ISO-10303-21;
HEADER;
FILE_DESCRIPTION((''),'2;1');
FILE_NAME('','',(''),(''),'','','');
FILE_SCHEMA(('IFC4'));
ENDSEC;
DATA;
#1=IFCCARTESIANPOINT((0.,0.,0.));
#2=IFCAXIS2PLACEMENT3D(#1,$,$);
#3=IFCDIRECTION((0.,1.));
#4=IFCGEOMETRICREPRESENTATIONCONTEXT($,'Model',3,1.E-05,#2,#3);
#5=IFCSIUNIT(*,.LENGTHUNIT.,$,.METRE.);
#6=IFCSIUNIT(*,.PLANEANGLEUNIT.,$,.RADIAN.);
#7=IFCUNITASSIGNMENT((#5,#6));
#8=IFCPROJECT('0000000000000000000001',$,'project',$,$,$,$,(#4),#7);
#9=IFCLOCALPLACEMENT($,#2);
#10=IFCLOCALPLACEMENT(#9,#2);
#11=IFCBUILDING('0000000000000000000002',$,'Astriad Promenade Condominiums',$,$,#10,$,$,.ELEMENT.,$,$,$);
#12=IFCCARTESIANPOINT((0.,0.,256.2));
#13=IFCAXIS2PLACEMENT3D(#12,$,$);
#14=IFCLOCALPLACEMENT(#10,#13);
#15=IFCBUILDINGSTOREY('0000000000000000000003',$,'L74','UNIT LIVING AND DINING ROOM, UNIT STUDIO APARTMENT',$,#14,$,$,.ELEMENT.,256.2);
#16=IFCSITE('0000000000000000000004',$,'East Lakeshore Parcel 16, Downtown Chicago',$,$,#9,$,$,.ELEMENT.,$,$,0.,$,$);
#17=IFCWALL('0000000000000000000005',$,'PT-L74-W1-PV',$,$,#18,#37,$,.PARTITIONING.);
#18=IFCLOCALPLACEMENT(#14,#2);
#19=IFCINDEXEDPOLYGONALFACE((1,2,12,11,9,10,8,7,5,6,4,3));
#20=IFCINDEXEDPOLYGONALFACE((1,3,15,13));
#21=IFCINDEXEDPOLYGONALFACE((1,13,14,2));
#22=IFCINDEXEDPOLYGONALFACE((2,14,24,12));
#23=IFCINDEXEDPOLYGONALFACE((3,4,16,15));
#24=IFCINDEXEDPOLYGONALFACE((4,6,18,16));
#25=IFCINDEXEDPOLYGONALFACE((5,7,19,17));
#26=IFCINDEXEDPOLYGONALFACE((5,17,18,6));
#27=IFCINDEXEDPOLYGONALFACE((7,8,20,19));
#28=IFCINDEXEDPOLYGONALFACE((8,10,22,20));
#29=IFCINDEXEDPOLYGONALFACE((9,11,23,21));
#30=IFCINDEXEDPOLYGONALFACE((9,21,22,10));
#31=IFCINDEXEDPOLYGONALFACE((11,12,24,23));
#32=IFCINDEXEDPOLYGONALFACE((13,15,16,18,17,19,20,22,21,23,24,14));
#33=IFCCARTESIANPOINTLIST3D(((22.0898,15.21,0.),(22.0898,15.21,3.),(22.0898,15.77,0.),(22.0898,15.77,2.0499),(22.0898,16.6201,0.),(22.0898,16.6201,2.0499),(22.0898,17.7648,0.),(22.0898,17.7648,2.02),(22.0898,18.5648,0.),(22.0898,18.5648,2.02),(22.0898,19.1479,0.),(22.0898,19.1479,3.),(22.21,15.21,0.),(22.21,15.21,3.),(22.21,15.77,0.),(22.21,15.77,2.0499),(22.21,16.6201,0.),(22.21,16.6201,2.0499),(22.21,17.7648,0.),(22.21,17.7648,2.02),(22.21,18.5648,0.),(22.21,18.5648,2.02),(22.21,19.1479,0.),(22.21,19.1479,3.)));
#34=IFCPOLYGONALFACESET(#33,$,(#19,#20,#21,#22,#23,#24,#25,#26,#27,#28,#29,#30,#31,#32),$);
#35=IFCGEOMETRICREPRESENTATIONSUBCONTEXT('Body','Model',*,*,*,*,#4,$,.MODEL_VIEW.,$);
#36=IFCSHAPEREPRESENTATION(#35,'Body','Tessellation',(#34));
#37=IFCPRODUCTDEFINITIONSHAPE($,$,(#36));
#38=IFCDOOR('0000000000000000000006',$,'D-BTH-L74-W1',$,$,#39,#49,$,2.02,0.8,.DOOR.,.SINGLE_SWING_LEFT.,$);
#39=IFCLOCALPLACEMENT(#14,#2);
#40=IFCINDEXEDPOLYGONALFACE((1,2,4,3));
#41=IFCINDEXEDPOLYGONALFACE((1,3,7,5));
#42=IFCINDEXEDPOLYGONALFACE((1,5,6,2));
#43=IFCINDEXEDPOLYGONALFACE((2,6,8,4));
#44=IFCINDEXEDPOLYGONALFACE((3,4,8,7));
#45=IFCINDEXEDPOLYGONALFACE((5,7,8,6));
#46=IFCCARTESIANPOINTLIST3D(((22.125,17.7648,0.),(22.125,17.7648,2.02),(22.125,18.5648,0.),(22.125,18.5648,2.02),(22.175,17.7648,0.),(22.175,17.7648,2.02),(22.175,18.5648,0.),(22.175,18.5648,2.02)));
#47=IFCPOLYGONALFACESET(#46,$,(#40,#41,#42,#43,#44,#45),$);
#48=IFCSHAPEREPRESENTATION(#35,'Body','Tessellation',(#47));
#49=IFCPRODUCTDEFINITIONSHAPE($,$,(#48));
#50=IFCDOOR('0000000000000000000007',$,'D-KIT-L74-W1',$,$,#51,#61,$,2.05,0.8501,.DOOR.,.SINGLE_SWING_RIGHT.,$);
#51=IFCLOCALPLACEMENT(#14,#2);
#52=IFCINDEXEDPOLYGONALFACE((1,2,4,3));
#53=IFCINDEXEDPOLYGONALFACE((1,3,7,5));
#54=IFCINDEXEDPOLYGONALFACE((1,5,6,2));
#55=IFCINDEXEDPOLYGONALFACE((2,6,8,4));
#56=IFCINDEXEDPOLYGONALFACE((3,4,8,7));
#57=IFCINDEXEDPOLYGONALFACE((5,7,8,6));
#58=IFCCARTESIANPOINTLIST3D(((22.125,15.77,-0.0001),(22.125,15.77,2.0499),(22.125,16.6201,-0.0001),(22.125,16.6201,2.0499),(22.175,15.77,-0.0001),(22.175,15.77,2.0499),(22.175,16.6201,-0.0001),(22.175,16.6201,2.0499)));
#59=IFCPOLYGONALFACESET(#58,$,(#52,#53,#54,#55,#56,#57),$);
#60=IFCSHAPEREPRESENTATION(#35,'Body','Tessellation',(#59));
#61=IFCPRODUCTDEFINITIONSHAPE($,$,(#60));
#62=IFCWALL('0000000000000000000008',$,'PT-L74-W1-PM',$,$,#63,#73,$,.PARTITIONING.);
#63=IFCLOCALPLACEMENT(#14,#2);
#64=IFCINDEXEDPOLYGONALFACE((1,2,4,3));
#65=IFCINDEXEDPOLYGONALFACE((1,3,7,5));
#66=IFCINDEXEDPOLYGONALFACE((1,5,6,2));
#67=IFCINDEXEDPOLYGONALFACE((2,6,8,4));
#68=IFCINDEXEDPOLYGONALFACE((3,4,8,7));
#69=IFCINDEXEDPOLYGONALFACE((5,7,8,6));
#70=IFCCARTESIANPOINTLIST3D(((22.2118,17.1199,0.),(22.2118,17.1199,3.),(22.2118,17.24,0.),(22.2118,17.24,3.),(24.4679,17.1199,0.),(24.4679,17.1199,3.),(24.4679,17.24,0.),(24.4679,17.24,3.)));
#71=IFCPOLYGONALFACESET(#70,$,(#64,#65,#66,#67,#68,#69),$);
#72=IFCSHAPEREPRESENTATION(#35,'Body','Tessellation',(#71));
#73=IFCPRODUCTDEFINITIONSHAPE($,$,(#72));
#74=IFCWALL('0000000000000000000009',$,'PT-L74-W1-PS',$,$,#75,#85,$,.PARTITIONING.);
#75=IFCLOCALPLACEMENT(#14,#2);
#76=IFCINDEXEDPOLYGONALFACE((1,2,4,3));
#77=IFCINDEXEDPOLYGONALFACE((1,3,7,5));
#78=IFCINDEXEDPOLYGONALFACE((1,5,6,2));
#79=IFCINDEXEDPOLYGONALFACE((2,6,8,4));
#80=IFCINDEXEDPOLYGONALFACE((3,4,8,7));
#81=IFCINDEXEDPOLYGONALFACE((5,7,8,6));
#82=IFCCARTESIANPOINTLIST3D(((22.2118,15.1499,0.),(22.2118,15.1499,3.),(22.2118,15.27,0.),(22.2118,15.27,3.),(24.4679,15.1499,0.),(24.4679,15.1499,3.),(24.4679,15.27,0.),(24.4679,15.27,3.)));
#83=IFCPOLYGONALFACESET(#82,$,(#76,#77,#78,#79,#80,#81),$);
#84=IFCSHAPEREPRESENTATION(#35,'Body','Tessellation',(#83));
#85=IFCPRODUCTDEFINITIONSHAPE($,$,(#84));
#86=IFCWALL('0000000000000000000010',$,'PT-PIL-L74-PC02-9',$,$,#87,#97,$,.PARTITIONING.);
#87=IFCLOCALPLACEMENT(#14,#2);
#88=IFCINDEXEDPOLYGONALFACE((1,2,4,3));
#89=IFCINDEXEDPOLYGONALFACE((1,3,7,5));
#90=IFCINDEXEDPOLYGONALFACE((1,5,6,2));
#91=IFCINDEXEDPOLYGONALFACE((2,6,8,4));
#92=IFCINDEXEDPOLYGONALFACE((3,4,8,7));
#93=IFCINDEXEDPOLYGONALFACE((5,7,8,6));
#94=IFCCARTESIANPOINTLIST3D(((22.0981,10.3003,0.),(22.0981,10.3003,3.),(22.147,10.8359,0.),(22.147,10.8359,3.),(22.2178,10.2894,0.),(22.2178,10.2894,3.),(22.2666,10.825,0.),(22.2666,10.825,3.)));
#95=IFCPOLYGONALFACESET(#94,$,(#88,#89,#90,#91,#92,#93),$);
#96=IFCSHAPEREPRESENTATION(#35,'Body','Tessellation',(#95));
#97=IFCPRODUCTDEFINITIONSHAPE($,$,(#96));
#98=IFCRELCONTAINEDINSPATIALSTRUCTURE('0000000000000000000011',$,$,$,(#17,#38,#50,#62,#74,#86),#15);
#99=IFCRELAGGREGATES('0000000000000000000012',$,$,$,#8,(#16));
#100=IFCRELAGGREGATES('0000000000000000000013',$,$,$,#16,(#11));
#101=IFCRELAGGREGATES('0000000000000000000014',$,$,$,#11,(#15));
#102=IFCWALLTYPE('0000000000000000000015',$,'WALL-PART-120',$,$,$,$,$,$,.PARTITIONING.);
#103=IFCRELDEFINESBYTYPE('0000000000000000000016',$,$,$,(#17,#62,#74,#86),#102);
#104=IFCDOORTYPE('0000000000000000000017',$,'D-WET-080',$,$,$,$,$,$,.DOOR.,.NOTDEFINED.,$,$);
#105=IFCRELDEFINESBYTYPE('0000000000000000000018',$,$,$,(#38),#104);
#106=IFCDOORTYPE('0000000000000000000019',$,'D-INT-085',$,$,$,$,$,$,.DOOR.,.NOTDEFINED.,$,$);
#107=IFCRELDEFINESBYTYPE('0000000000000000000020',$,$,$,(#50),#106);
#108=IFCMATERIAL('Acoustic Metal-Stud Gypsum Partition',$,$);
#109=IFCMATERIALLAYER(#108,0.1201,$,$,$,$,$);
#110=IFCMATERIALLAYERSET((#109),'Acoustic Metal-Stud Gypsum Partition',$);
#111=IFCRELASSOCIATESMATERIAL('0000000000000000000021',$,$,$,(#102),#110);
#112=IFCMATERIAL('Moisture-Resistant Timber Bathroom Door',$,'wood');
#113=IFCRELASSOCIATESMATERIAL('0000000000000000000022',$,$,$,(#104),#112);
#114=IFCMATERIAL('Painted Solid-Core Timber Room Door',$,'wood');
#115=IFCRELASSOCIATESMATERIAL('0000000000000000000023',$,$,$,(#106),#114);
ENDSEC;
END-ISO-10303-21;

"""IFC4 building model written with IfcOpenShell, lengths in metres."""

from ifc_helpers import new_model, si_unit, direction, frame, frame_2d, origin, place, context, subcontext, project, spatial, rectangle, extrude, source, transform, mapped, material, layer, layer_set, type_object, type_shapes, element, fill, save


model = new_model("IFC4")

# Units and contexts
model_context = context("Model", 3, precision=1e-05, world=origin(), true_north=direction((0.0, 1.0)))
body_context = subcontext(model_context, "Body", "Model", "MODEL_VIEW")
ifc_project = project(units=[si_unit("LENGTHUNIT", "METRE"), si_unit("PLANEANGLEUNIT", "RADIAN")], contexts=[model_context])

# Site, building, storey
site_placement = place(None, origin())
site = spatial("IfcSite", under=ifc_project, at=site_placement, Name="East Lakeshore Parcel 16, Downtown Chicago", CompositionType="ELEMENT", RefElevation=0.0)
building_placement = place(site_placement, origin())
building = spatial("IfcBuilding", under=site, at=building_placement, Name="Astriad Promenade Condominiums", CompositionType="ELEMENT")
storey_placement = place(building_placement, frame((0.0, 0.0, 256.2)))
storey = spatial("IfcBuildingStorey", under=building, at=storey_placement, Name="L74", Description="UNIT LIVING AND DINING ROOM, UNIT STUDIO APARTMENT", CompositionType="ELEMENT", Elevation=256.2)

# Wall, openings, doors
ifc_material_1 = material(Name="Acoustic Metal-Stud Gypsum Partition")
ifc_layer_1 = layer(ifc_material_1, 0.1201)
ifc_layer_set_1 = layer_set([ifc_layer_1], Name="Acoustic Metal-Stud Gypsum Partition")
wall_type_1 = type_object("IfcWallType", Name="WALL-PART-120", PredefinedType="PARTITIONING", material=ifc_layer_set_1)
wall_1_placement = place(storey_placement, frame((22.1499, 15.21, 0.0), z_axis=(0.0, 0.0, 1.0), x_axis=(0.0, 1.0, 0.0)))
wall_1 = element("IfcWall", 1, at=wall_1_placement, inside=storey, type_object=wall_type_1, Name="PT-L74-W1-PV", PredefinedType="PARTITIONING", context=body_context, shape_type="SweptSolid", body=[
    extrude(rectangle(XDim=3.938, YDim=0.1201, at=frame_2d((1.969, 0.0))), origin(), (0.0, 0.0, 1.0), 3.0),
])
opening_1_placement = place(wall_1_placement, frame((0.5601, 0.0, 0.0)))
opening_1 = element("IfcOpeningElement", 2, at=opening_1_placement, cuts=wall_1, PredefinedType="OPENING", context=body_context, shape_type="SweptSolid", body=[
    extrude(rectangle(XDim=0.8501, YDim=2.05, at=frame_2d((0.425, 1.0249))), frame((0.0, 0.0701, 0.0), z_axis=(0.0, -1.0, 0.0), x_axis=(1.0, 0.0, 0.0)), (0.0, 0.0, 1.0), 0.1401),
])
opening_2_placement = place(wall_1_placement, frame((2.5549, 0.0, 0.0)))
opening_2 = element("IfcOpeningElement", 3, at=opening_2_placement, cuts=wall_1, PredefinedType="OPENING", context=body_context, shape_type="SweptSolid", body=[
    extrude(rectangle(XDim=0.8, YDim=2.02, at=frame_2d((0.3999, 1.01))), frame((0.0, 0.0701, 0.0), z_axis=(0.0, -1.0, 0.0), x_axis=(1.0, 0.0, 0.0)), (0.0, 0.0, 1.0), 0.1401),
])
ifc_material_2 = material(Name="Moisture-Resistant Timber Bathroom Door", Category="wood")
door_type_1 = type_object("IfcDoorType", Name="D-WET-080", OperationType="NOTDEFINED", PredefinedType="DOOR", material=ifc_material_2)
shared_shape_1 = source(origin(), body_context, "Body", "SweptSolid", [
    extrude(rectangle(XDim=0.8, YDim=2.02, at=frame_2d((0.3999, 1.01))), frame((0.0, 0.0249, 0.0), z_axis=(0.0, -1.0, 0.0), x_axis=(1.0, 0.0, 0.0)), (0.0, 0.0, 1.0), 0.05),
])
type_shapes(door_type_1, [shared_shape_1])
door_1_placement = place(opening_2_placement, origin())
door_1 = element("IfcDoor", 4, at=door_1_placement, inside=storey, type_object=door_type_1, Name="D-BTH-L74-W1", OperationType="SINGLE_SWING_LEFT", OverallHeight=2.02, OverallWidth=0.8, PredefinedType="DOOR", context=body_context, shape_type="MappedRepresentation", body=[
    mapped(shared_shape_1, transform((0.0, 0.0, 0.0), scale=1.0)),
])
fill(opening_2, door_1)
ifc_material_3 = material(Name="Painted Solid-Core Timber Room Door", Category="wood")
door_type_2 = type_object("IfcDoorType", Name="D-INT-085", OperationType="NOTDEFINED", PredefinedType="DOOR", material=ifc_material_3)
shared_shape_2 = source(origin(), body_context, "Body", "SweptSolid", [
    extrude(rectangle(XDim=0.8501, YDim=2.05, at=frame_2d((0.425, 1.0249))), frame((0.0, 0.0249, 0.0), z_axis=(0.0, -1.0, 0.0), x_axis=(1.0, 0.0, 0.0)), (0.0, 0.0, 1.0), 0.05),
])
type_shapes(door_type_2, [shared_shape_2])
door_2_placement = place(opening_1_placement, origin())
door_2 = element("IfcDoor", 5, at=door_2_placement, inside=storey, type_object=door_type_2, Name="D-KIT-L74-W1", OperationType="SINGLE_SWING_RIGHT", OverallHeight=2.05, OverallWidth=0.8501, PredefinedType="DOOR", context=body_context, shape_type="MappedRepresentation", body=[
    mapped(shared_shape_2, transform((0.0, 0.0, 0.0), scale=1.0)),
])
fill(opening_1, door_2)

# Walls
for number, where, z_axis, x_axis, name in (
    (6, (22.2119, 17.1799, 0.0), (0.0, 0.0, 1.0), (1.0, 0.0, 0.0), "PT-L74-W1-PM"),
    (7, (22.2119, 15.21, 0.0), (0.0, 0.0, 1.0), (1.0, 0.0, 0.0), "PT-L74-W1-PS"),
):
    element("IfcWall", number, at=place(storey_placement, frame(where, z_axis=z_axis, x_axis=x_axis)), inside=storey, type_object=wall_type_1, Name=name, PredefinedType="PARTITIONING", context=body_context, shape_type="SweptSolid", body=[
        extrude(rectangle(XDim=2.2561, YDim=0.1201, at=frame_2d((1.1279, 0.0))), origin(), (0.0, 0.0, 1.0), 3.0),
    ])
wall_2_placement = place(storey_placement, frame((22.2068, 10.8306, 0.0), z_axis=(0.0, 0.0, 1.0), x_axis=(-0.090781, -0.995871, 0.0)))
element("IfcWall", 8, at=wall_2_placement, inside=storey, type_object=wall_type_1, Name="PT-PIL-L74-PC02-9", PredefinedType="PARTITIONING", context=body_context, shape_type="SweptSolid", body=[
    extrude(rectangle(XDim=0.5378, YDim=0.1201, at=frame_2d((0.269, 0.0))), origin(), (0.0, 0.0, 1.0), 3.0),
])

save(model, "model.ifc")
